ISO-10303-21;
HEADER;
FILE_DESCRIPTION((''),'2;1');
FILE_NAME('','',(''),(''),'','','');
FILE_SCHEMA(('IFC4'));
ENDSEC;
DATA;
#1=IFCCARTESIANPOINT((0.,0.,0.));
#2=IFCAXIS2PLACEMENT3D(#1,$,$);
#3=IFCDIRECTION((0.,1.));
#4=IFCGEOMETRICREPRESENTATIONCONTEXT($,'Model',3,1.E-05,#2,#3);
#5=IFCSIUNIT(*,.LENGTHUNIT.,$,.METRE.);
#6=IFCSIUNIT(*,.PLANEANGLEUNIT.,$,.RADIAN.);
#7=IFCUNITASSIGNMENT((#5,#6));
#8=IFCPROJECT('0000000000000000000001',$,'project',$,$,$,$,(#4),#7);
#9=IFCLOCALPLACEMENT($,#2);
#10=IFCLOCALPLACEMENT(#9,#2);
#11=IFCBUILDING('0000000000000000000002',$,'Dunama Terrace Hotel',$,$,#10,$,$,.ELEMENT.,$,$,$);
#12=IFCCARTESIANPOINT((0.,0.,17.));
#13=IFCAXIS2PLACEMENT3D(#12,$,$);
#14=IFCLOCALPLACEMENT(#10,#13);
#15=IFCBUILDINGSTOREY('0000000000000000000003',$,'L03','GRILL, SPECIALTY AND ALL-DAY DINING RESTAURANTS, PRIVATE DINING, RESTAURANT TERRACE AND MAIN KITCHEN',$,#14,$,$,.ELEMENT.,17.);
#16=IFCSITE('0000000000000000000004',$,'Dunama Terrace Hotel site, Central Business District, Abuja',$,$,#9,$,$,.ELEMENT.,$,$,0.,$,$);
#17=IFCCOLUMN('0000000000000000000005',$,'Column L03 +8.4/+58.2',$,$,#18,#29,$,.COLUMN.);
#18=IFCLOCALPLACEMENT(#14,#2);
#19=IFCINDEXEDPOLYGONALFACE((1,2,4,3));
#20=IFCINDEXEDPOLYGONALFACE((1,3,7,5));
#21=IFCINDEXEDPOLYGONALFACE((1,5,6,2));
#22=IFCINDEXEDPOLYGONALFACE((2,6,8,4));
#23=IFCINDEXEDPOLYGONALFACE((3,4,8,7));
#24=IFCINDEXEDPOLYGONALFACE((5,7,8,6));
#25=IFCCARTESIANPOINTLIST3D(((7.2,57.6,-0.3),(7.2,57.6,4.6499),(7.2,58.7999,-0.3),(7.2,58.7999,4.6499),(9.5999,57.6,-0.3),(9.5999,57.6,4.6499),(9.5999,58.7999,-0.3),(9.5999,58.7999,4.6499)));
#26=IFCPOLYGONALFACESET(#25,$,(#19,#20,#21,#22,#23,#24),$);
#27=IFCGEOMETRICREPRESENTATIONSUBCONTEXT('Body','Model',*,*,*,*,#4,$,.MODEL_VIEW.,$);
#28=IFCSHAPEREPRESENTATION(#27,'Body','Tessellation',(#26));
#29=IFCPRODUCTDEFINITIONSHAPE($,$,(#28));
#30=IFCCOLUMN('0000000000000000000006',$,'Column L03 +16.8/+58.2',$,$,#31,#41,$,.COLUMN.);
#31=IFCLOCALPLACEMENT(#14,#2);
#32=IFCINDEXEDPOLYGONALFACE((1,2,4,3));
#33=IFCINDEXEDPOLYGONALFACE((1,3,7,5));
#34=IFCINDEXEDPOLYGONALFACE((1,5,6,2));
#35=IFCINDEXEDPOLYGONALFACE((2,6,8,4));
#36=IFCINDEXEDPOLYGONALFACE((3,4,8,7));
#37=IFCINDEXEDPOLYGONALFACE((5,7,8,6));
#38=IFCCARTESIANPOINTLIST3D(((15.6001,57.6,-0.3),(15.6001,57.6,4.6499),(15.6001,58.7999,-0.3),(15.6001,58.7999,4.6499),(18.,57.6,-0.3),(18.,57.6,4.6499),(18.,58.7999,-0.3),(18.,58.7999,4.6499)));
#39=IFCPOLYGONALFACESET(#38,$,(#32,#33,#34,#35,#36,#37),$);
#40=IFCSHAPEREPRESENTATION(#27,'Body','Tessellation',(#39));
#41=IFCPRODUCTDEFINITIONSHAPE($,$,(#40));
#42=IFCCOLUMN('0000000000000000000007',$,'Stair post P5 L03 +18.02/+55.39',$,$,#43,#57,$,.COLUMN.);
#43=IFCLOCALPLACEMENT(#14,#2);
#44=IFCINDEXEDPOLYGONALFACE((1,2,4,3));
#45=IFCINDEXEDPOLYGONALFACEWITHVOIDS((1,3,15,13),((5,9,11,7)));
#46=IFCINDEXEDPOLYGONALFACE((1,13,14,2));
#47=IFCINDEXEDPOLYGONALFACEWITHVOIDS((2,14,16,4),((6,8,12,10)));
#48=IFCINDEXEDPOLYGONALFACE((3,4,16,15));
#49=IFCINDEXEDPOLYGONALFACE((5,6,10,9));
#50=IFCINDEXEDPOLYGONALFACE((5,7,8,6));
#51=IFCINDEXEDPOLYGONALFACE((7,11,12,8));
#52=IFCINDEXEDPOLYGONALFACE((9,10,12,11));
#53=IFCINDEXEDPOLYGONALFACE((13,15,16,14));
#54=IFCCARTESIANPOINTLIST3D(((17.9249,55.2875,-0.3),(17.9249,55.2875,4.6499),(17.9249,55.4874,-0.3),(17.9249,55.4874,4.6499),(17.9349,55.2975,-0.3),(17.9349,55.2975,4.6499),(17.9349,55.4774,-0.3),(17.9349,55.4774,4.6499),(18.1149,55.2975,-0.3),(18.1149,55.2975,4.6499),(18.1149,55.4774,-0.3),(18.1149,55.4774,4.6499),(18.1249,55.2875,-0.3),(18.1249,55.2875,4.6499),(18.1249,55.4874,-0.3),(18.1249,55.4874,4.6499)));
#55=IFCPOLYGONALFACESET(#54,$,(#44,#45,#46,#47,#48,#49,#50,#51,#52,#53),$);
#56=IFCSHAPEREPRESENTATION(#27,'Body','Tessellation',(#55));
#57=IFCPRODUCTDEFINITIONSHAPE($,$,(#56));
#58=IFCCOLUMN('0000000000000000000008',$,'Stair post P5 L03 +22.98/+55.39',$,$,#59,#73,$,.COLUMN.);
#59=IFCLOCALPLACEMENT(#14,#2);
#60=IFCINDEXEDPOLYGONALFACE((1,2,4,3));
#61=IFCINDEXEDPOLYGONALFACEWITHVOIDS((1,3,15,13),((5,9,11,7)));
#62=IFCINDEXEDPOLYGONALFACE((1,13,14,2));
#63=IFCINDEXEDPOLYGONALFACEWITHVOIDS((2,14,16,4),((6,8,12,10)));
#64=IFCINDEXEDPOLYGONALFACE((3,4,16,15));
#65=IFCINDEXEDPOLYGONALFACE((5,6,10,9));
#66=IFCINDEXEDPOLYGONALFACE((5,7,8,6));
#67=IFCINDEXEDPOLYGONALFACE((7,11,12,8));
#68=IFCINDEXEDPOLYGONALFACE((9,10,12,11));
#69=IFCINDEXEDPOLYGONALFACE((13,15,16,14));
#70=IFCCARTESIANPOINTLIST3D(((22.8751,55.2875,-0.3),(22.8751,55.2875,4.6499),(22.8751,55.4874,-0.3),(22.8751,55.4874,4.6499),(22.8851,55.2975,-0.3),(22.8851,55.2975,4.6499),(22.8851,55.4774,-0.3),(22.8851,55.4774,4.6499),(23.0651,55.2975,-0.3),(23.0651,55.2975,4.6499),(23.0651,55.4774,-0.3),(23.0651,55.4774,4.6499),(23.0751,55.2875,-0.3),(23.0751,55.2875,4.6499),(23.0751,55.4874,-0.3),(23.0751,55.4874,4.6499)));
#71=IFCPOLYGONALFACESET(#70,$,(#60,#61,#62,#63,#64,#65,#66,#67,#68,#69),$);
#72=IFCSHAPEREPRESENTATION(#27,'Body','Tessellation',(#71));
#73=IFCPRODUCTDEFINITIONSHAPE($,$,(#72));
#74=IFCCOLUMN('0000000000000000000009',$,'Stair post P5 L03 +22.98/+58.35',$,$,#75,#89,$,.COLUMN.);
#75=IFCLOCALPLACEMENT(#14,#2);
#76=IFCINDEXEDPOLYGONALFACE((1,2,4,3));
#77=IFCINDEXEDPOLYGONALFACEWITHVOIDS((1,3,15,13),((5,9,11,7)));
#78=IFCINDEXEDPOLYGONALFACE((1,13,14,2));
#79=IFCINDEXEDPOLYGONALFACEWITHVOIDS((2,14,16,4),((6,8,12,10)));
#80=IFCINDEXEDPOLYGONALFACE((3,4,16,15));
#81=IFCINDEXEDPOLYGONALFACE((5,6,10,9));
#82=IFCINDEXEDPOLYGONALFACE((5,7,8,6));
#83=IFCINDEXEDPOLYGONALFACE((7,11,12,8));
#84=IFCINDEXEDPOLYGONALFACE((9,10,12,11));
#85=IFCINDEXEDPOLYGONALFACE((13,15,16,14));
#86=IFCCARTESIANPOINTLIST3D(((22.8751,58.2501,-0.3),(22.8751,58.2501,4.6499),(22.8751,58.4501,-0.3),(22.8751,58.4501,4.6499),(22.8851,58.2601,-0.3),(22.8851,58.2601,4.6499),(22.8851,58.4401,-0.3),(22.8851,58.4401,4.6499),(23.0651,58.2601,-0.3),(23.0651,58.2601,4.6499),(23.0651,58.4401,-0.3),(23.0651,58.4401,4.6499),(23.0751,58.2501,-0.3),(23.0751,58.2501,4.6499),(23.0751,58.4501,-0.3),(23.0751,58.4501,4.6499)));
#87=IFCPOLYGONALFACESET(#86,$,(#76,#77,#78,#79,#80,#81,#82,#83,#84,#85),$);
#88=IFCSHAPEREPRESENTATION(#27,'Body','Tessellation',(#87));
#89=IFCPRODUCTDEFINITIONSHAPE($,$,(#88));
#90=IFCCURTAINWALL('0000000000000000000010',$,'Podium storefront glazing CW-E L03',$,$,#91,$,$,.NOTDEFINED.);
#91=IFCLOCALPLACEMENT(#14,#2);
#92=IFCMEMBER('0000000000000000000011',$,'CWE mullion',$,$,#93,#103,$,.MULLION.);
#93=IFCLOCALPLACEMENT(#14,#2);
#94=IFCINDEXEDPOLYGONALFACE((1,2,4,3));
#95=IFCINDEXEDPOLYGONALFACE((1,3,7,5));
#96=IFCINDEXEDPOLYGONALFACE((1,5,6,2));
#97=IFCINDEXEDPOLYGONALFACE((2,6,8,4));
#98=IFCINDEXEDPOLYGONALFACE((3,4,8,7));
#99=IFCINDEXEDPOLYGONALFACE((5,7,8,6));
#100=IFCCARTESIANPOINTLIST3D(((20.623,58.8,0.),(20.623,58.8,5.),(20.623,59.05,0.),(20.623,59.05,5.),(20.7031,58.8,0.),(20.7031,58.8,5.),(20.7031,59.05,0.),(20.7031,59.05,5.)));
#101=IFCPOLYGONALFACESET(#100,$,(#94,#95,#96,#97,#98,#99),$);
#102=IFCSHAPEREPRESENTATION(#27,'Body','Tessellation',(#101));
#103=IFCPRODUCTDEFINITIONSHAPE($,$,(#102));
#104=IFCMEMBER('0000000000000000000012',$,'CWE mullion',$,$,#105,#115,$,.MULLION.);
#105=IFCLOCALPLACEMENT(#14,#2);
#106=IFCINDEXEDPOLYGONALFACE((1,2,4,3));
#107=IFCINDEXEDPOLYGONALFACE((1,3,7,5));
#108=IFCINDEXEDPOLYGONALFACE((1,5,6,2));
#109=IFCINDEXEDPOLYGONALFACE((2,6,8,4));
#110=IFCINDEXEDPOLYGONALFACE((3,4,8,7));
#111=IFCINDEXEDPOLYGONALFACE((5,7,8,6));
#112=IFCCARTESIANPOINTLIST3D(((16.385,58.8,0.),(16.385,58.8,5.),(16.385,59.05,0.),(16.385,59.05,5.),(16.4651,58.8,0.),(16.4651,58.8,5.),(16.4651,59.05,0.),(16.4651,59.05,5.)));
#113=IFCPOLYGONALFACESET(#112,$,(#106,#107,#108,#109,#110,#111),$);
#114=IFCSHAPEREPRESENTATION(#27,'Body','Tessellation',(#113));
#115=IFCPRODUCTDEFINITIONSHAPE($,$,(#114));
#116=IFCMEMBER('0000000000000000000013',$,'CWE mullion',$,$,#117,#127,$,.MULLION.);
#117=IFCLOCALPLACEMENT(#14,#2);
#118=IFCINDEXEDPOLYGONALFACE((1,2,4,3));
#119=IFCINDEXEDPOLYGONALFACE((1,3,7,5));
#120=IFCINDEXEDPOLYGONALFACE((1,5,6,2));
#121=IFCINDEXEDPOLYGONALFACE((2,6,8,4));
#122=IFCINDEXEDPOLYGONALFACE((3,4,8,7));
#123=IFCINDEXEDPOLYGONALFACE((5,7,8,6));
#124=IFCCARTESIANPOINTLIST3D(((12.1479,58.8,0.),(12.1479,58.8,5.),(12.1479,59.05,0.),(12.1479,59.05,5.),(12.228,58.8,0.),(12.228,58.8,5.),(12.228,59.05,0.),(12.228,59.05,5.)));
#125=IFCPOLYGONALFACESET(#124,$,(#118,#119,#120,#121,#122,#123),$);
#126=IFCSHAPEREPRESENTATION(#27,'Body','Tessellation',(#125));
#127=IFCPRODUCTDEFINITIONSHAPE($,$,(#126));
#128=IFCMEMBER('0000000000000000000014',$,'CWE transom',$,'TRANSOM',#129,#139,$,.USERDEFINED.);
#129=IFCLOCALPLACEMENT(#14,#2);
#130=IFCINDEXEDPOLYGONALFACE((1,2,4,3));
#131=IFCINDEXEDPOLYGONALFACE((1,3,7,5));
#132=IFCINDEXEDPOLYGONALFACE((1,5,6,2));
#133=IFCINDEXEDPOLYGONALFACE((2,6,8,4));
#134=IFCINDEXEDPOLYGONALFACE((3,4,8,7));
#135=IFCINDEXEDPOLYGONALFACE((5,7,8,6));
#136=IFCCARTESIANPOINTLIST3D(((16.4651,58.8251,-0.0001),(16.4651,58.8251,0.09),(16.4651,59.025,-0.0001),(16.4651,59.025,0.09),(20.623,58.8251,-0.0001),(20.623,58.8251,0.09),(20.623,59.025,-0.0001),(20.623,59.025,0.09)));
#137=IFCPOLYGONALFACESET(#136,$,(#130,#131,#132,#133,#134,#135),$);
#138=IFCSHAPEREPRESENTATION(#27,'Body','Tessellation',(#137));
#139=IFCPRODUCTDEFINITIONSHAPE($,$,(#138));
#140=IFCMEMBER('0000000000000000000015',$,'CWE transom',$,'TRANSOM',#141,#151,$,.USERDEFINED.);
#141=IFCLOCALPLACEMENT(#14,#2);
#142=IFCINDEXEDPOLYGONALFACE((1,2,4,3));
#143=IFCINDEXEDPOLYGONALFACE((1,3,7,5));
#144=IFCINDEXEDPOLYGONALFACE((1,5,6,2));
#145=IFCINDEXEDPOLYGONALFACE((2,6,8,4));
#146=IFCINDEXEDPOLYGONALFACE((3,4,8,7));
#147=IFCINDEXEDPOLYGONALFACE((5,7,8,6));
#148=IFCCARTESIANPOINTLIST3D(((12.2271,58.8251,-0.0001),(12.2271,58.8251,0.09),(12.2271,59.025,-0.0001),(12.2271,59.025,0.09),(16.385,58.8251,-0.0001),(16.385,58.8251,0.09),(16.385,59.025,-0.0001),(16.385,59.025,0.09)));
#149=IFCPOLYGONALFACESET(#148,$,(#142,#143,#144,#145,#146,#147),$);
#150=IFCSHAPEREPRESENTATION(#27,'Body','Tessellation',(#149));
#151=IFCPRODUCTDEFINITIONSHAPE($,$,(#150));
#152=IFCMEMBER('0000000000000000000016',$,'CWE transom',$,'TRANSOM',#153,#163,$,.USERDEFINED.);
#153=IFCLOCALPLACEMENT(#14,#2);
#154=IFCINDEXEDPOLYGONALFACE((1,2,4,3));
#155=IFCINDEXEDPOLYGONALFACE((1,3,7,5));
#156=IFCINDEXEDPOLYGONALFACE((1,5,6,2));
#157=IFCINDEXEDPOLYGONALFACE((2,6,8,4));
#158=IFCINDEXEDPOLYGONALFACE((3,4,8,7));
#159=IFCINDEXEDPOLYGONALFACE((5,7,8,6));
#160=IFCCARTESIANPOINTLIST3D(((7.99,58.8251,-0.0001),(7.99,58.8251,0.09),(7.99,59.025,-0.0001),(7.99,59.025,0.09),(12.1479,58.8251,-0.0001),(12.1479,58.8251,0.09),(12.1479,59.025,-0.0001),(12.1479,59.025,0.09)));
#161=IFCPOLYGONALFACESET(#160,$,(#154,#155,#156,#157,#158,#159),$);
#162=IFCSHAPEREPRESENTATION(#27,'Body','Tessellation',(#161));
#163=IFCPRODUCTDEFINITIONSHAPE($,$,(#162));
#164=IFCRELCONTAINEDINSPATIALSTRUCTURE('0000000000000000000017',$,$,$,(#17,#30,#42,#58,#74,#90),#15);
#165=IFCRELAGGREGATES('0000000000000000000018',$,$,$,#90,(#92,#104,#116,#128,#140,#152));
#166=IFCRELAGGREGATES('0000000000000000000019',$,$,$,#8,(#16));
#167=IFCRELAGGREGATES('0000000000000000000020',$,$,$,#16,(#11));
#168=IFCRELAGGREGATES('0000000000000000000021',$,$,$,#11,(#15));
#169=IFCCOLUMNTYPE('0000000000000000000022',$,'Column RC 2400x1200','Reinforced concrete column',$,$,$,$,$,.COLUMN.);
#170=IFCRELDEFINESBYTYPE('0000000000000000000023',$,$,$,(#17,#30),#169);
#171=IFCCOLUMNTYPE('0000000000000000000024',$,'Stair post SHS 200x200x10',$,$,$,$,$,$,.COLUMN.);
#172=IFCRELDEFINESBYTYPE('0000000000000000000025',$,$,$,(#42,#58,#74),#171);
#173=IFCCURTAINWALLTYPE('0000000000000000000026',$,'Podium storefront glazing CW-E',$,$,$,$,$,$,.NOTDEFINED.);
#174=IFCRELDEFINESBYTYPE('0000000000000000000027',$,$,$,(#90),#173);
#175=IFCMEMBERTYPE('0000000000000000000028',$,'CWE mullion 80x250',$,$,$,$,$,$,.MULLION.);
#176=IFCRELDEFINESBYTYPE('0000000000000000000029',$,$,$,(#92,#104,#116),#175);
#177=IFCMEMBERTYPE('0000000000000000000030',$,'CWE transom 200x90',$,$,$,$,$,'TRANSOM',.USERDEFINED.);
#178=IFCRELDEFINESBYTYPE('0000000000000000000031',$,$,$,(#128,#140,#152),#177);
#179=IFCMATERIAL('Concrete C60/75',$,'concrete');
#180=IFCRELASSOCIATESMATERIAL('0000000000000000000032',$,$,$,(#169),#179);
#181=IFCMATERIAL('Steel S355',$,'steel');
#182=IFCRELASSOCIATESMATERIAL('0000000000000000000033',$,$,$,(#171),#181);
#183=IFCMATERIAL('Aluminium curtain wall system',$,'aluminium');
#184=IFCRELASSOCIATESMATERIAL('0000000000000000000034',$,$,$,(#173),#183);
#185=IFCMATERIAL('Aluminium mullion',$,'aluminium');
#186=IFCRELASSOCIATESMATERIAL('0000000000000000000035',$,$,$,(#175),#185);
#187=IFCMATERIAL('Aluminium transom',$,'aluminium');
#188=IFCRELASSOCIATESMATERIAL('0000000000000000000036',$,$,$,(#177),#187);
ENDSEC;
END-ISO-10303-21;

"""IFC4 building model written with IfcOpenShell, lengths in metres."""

from ifc_helpers import new_model, si_unit, direction, frame, origin, origin_2d, place, context, subcontext, project, spatial, rectangle, hollow_rectangle, extrude, material, material_profile, profile_set, type_object, element, aggregate, save


model = new_model("IFC4")

# Units and contexts
model_context = context("Model", 3, precision=1e-05, world=origin(), true_north=direction((0.0, 1.0)))
body_context = subcontext(model_context, "Body", "Model", "MODEL_VIEW")
ifc_project = project(units=[si_unit("LENGTHUNIT", "METRE"), si_unit("PLANEANGLEUNIT", "RADIAN")], contexts=[model_context])

# Site, building, storey
site_placement = place(None, origin())
site = spatial("IfcSite", under=ifc_project, at=site_placement, Name="Dunama Terrace Hotel site, Central Business District, Abuja", CompositionType="ELEMENT", RefElevation=0.0)
building_placement = place(site_placement, origin())
building = spatial("IfcBuilding", under=site, at=building_placement, Name="Dunama Terrace Hotel", CompositionType="ELEMENT")
storey_placement = place(building_placement, frame((0.0, 0.0, 17.0)))
storey = spatial("IfcBuildingStorey", under=building, at=storey_placement, Name="L03", Description="GRILL, SPECIALTY AND ALL-DAY DINING RESTAURANTS, PRIVATE DINING, RESTAURANT TERRACE AND MAIN KITCHEN", CompositionType="ELEMENT", Elevation=17.0)

# Columns
ifc_material_1 = material(Name="Concrete C60/75", Category="concrete")
ifc_material_profile_1 = material_profile(ifc_material_1, rectangle(XDim=2.3999, YDim=1.2, at=origin_2d()), Name="RC 2400x1200")
ifc_profile_set_1 = profile_set([ifc_material_profile_1], Name="Concrete C60/75")
column_type_1 = type_object("IfcColumnType", Name="Column RC 2400x1200", Description="Reinforced concrete column", PredefinedType="COLUMN", material=ifc_profile_set_1)
for number, where, z_axis, x_axis, name in (
    (1, (8.3999, 58.2, -0.3), (0.0, 0.0, 1.0), (1.0, 0.0, 0.0), "Column L03 +8.4/+58.2"),
    (2, (16.8, 58.2, -0.3), (0.0, 0.0, 1.0), (1.0, 0.0, 0.0), "Column L03 +16.8/+58.2"),
):
    element("IfcColumn", number, at=place(storey_placement, frame(where, z_axis=z_axis, x_axis=x_axis)), inside=storey, type_object=column_type_1, Name=name, PredefinedType="COLUMN", context=body_context, shape_type="SweptSolid", body=[
        extrude(rectangle(XDim=2.3999, YDim=1.2, at=origin_2d()), origin(), (0.0, 0.0, 1.0), 4.95),
    ])
ifc_material_2 = material(Name="Steel S355", Category="steel")
ifc_material_profile_2 = material_profile(ifc_material_2, hollow_rectangle(XDim=0.2, YDim=0.2, WallThickness=0.01, at=origin_2d()), Name="SHS 200x200x10")
ifc_profile_set_2 = profile_set([ifc_material_profile_2], Name="Steel S355")
column_type_2 = type_object("IfcColumnType", Name="Stair post SHS 200x200x10", PredefinedType="COLUMN", material=ifc_profile_set_2)
for number, where, z_axis, x_axis, name in (
    (3, (18.0249, 55.3875, -0.3), (0.0, 0.0, 1.0), (1.0, 0.0, 0.0), "Stair post P5 L03 +18.02/+55.39"),
    (4, (22.9751, 55.3875, -0.3), (0.0, 0.0, 1.0), (1.0, 0.0, 0.0), "Stair post P5 L03 +22.98/+55.39"),
    (5, (22.9751, 58.3501, -0.3), (0.0, 0.0, 1.0), (1.0, 0.0, 0.0), "Stair post P5 L03 +22.98/+58.35"),
):
    element("IfcColumn", number, at=place(storey_placement, frame(where, z_axis=z_axis, x_axis=x_axis)), inside=storey, type_object=column_type_2, Name=name, PredefinedType="COLUMN", context=body_context, shape_type="SweptSolid", body=[
        extrude(hollow_rectangle(XDim=0.2, YDim=0.2, WallThickness=0.01, at=origin_2d()), origin(), (0.0, 0.0, 1.0), 4.95),
    ])

# Curtain wall, members
ifc_material_3 = material(Name="Aluminium curtain wall system", Category="aluminium")
curtain_wall_type = type_object("IfcCurtainWallType", Name="Podium storefront glazing CW-E", PredefinedType="NOTDEFINED", material=ifc_material_3)
curtain_wall_placement = place(storey_placement, origin())
curtain_wall = element("IfcCurtainWall", 6, at=curtain_wall_placement, inside=storey, type_object=curtain_wall_type, Name="Podium storefront glazing CW-E L03", PredefinedType="NOTDEFINED")
ifc_material_4 = material(Name="Aluminium mullion", Category="aluminium")
ifc_material_profile_3 = material_profile(ifc_material_4, rectangle(XDim=0.0801, YDim=0.25, at=origin_2d()), Name="CWE MULLION 80X250")
ifc_profile_set_3 = profile_set([ifc_material_profile_3], Name="Aluminium mullion")
member_type_1 = type_object("IfcMemberType", Name="CWE mullion 80x250", PredefinedType="MULLION", material=ifc_profile_set_3)
member_1_placement = place(storey_placement, frame((20.6631, 58.925, 0.0), z_axis=(0.0, 0.0, 1.0), x_axis=(-1.0, 0.0, 0.0)))
member_1 = element("IfcMember", 7, at=member_1_placement, type_object=member_type_1, Name="CWE mullion", PredefinedType="MULLION", context=body_context, shape_type="SweptSolid", body=[
    extrude(rectangle(XDim=0.0801, YDim=0.25, at=origin_2d()), origin(), (0.0, 0.0, 1.0), 5.0),
])
member_2_placement = place(storey_placement, frame((16.425, 58.925, 0.0), z_axis=(0.0, 0.0, 1.0), x_axis=(-1.0, 0.0, 0.0)))
member_2 = element("IfcMember", 8, at=member_2_placement, type_object=member_type_1, Name="CWE mullion", PredefinedType="MULLION", context=body_context, shape_type="SweptSolid", body=[
    extrude(rectangle(XDim=0.0801, YDim=0.25, at=origin_2d()), origin(), (0.0, 0.0, 1.0), 5.0),
])
member_3_placement = place(storey_placement, frame((12.188, 58.925, 0.0), z_axis=(0.0, 0.0, 1.0), x_axis=(-1.0, 0.0, 0.0)))
member_3 = element("IfcMember", 9, at=member_3_placement, type_object=member_type_1, Name="CWE mullion", PredefinedType="MULLION", context=body_context, shape_type="SweptSolid", body=[
    extrude(rectangle(XDim=0.0801, YDim=0.25, at=origin_2d()), origin(), (0.0, 0.0, 1.0), 5.0),
])
ifc_material_5 = material(Name="Aluminium transom", Category="aluminium")
ifc_material_profile_4 = material_profile(ifc_material_5, rectangle(XDim=0.2, YDim=0.0901, at=origin_2d()), Name="CWE TRANSOM 200X90")
ifc_profile_set_4 = profile_set([ifc_material_profile_4], Name="Aluminium transom")
member_type_2 = type_object("IfcMemberType", Name="CWE transom 200x90", ElementType="TRANSOM", PredefinedType="USERDEFINED", material=ifc_profile_set_4)
member_4_placement = place(storey_placement, frame((20.623, 58.925, 0.0449), z_axis=(-1.0, 0.0, 0.0), x_axis=(0.0, -1.0, 0.0)))
member_4 = element("IfcMember", 10, at=member_4_placement, type_object=member_type_2, Name="CWE transom", ObjectType="TRANSOM", PredefinedType="USERDEFINED", context=body_context, shape_type="SweptSolid", body=[
    extrude(rectangle(XDim=0.2, YDim=0.0901, at=origin_2d()), origin(), (0.0, 0.0, 1.0), 4.158),
])
member_5_placement = place(storey_placement, frame((16.385, 58.925, 0.0449), z_axis=(-1.0, 0.0, 0.0), x_axis=(0.0, -1.0, 0.0)))
member_5 = element("IfcMember", 11, at=member_5_placement, type_object=member_type_2, Name="CWE transom", ObjectType="TRANSOM", PredefinedType="USERDEFINED", context=body_context, shape_type="SweptSolid", body=[
    extrude(rectangle(XDim=0.2, YDim=0.0901, at=origin_2d()), origin(), (0.0, 0.0, 1.0), 4.158),
])
member_6_placement = place(storey_placement, frame((12.1479, 58.925, 0.0449), z_axis=(-1.0, 0.0, 0.0), x_axis=(0.0, -1.0, 0.0)))
member_6 = element("IfcMember", 12, at=member_6_placement, type_object=member_type_2, Name="CWE transom", ObjectType="TRANSOM", PredefinedType="USERDEFINED", context=body_context, shape_type="SweptSolid", body=[
    extrude(rectangle(XDim=0.2, YDim=0.0901, at=origin_2d()), origin(), (0.0, 0.0, 1.0), 4.158),
])

aggregate(curtain_wall, [member_1, member_2, member_3, member_4, member_5, member_6])

save(model, "model.ifc")
